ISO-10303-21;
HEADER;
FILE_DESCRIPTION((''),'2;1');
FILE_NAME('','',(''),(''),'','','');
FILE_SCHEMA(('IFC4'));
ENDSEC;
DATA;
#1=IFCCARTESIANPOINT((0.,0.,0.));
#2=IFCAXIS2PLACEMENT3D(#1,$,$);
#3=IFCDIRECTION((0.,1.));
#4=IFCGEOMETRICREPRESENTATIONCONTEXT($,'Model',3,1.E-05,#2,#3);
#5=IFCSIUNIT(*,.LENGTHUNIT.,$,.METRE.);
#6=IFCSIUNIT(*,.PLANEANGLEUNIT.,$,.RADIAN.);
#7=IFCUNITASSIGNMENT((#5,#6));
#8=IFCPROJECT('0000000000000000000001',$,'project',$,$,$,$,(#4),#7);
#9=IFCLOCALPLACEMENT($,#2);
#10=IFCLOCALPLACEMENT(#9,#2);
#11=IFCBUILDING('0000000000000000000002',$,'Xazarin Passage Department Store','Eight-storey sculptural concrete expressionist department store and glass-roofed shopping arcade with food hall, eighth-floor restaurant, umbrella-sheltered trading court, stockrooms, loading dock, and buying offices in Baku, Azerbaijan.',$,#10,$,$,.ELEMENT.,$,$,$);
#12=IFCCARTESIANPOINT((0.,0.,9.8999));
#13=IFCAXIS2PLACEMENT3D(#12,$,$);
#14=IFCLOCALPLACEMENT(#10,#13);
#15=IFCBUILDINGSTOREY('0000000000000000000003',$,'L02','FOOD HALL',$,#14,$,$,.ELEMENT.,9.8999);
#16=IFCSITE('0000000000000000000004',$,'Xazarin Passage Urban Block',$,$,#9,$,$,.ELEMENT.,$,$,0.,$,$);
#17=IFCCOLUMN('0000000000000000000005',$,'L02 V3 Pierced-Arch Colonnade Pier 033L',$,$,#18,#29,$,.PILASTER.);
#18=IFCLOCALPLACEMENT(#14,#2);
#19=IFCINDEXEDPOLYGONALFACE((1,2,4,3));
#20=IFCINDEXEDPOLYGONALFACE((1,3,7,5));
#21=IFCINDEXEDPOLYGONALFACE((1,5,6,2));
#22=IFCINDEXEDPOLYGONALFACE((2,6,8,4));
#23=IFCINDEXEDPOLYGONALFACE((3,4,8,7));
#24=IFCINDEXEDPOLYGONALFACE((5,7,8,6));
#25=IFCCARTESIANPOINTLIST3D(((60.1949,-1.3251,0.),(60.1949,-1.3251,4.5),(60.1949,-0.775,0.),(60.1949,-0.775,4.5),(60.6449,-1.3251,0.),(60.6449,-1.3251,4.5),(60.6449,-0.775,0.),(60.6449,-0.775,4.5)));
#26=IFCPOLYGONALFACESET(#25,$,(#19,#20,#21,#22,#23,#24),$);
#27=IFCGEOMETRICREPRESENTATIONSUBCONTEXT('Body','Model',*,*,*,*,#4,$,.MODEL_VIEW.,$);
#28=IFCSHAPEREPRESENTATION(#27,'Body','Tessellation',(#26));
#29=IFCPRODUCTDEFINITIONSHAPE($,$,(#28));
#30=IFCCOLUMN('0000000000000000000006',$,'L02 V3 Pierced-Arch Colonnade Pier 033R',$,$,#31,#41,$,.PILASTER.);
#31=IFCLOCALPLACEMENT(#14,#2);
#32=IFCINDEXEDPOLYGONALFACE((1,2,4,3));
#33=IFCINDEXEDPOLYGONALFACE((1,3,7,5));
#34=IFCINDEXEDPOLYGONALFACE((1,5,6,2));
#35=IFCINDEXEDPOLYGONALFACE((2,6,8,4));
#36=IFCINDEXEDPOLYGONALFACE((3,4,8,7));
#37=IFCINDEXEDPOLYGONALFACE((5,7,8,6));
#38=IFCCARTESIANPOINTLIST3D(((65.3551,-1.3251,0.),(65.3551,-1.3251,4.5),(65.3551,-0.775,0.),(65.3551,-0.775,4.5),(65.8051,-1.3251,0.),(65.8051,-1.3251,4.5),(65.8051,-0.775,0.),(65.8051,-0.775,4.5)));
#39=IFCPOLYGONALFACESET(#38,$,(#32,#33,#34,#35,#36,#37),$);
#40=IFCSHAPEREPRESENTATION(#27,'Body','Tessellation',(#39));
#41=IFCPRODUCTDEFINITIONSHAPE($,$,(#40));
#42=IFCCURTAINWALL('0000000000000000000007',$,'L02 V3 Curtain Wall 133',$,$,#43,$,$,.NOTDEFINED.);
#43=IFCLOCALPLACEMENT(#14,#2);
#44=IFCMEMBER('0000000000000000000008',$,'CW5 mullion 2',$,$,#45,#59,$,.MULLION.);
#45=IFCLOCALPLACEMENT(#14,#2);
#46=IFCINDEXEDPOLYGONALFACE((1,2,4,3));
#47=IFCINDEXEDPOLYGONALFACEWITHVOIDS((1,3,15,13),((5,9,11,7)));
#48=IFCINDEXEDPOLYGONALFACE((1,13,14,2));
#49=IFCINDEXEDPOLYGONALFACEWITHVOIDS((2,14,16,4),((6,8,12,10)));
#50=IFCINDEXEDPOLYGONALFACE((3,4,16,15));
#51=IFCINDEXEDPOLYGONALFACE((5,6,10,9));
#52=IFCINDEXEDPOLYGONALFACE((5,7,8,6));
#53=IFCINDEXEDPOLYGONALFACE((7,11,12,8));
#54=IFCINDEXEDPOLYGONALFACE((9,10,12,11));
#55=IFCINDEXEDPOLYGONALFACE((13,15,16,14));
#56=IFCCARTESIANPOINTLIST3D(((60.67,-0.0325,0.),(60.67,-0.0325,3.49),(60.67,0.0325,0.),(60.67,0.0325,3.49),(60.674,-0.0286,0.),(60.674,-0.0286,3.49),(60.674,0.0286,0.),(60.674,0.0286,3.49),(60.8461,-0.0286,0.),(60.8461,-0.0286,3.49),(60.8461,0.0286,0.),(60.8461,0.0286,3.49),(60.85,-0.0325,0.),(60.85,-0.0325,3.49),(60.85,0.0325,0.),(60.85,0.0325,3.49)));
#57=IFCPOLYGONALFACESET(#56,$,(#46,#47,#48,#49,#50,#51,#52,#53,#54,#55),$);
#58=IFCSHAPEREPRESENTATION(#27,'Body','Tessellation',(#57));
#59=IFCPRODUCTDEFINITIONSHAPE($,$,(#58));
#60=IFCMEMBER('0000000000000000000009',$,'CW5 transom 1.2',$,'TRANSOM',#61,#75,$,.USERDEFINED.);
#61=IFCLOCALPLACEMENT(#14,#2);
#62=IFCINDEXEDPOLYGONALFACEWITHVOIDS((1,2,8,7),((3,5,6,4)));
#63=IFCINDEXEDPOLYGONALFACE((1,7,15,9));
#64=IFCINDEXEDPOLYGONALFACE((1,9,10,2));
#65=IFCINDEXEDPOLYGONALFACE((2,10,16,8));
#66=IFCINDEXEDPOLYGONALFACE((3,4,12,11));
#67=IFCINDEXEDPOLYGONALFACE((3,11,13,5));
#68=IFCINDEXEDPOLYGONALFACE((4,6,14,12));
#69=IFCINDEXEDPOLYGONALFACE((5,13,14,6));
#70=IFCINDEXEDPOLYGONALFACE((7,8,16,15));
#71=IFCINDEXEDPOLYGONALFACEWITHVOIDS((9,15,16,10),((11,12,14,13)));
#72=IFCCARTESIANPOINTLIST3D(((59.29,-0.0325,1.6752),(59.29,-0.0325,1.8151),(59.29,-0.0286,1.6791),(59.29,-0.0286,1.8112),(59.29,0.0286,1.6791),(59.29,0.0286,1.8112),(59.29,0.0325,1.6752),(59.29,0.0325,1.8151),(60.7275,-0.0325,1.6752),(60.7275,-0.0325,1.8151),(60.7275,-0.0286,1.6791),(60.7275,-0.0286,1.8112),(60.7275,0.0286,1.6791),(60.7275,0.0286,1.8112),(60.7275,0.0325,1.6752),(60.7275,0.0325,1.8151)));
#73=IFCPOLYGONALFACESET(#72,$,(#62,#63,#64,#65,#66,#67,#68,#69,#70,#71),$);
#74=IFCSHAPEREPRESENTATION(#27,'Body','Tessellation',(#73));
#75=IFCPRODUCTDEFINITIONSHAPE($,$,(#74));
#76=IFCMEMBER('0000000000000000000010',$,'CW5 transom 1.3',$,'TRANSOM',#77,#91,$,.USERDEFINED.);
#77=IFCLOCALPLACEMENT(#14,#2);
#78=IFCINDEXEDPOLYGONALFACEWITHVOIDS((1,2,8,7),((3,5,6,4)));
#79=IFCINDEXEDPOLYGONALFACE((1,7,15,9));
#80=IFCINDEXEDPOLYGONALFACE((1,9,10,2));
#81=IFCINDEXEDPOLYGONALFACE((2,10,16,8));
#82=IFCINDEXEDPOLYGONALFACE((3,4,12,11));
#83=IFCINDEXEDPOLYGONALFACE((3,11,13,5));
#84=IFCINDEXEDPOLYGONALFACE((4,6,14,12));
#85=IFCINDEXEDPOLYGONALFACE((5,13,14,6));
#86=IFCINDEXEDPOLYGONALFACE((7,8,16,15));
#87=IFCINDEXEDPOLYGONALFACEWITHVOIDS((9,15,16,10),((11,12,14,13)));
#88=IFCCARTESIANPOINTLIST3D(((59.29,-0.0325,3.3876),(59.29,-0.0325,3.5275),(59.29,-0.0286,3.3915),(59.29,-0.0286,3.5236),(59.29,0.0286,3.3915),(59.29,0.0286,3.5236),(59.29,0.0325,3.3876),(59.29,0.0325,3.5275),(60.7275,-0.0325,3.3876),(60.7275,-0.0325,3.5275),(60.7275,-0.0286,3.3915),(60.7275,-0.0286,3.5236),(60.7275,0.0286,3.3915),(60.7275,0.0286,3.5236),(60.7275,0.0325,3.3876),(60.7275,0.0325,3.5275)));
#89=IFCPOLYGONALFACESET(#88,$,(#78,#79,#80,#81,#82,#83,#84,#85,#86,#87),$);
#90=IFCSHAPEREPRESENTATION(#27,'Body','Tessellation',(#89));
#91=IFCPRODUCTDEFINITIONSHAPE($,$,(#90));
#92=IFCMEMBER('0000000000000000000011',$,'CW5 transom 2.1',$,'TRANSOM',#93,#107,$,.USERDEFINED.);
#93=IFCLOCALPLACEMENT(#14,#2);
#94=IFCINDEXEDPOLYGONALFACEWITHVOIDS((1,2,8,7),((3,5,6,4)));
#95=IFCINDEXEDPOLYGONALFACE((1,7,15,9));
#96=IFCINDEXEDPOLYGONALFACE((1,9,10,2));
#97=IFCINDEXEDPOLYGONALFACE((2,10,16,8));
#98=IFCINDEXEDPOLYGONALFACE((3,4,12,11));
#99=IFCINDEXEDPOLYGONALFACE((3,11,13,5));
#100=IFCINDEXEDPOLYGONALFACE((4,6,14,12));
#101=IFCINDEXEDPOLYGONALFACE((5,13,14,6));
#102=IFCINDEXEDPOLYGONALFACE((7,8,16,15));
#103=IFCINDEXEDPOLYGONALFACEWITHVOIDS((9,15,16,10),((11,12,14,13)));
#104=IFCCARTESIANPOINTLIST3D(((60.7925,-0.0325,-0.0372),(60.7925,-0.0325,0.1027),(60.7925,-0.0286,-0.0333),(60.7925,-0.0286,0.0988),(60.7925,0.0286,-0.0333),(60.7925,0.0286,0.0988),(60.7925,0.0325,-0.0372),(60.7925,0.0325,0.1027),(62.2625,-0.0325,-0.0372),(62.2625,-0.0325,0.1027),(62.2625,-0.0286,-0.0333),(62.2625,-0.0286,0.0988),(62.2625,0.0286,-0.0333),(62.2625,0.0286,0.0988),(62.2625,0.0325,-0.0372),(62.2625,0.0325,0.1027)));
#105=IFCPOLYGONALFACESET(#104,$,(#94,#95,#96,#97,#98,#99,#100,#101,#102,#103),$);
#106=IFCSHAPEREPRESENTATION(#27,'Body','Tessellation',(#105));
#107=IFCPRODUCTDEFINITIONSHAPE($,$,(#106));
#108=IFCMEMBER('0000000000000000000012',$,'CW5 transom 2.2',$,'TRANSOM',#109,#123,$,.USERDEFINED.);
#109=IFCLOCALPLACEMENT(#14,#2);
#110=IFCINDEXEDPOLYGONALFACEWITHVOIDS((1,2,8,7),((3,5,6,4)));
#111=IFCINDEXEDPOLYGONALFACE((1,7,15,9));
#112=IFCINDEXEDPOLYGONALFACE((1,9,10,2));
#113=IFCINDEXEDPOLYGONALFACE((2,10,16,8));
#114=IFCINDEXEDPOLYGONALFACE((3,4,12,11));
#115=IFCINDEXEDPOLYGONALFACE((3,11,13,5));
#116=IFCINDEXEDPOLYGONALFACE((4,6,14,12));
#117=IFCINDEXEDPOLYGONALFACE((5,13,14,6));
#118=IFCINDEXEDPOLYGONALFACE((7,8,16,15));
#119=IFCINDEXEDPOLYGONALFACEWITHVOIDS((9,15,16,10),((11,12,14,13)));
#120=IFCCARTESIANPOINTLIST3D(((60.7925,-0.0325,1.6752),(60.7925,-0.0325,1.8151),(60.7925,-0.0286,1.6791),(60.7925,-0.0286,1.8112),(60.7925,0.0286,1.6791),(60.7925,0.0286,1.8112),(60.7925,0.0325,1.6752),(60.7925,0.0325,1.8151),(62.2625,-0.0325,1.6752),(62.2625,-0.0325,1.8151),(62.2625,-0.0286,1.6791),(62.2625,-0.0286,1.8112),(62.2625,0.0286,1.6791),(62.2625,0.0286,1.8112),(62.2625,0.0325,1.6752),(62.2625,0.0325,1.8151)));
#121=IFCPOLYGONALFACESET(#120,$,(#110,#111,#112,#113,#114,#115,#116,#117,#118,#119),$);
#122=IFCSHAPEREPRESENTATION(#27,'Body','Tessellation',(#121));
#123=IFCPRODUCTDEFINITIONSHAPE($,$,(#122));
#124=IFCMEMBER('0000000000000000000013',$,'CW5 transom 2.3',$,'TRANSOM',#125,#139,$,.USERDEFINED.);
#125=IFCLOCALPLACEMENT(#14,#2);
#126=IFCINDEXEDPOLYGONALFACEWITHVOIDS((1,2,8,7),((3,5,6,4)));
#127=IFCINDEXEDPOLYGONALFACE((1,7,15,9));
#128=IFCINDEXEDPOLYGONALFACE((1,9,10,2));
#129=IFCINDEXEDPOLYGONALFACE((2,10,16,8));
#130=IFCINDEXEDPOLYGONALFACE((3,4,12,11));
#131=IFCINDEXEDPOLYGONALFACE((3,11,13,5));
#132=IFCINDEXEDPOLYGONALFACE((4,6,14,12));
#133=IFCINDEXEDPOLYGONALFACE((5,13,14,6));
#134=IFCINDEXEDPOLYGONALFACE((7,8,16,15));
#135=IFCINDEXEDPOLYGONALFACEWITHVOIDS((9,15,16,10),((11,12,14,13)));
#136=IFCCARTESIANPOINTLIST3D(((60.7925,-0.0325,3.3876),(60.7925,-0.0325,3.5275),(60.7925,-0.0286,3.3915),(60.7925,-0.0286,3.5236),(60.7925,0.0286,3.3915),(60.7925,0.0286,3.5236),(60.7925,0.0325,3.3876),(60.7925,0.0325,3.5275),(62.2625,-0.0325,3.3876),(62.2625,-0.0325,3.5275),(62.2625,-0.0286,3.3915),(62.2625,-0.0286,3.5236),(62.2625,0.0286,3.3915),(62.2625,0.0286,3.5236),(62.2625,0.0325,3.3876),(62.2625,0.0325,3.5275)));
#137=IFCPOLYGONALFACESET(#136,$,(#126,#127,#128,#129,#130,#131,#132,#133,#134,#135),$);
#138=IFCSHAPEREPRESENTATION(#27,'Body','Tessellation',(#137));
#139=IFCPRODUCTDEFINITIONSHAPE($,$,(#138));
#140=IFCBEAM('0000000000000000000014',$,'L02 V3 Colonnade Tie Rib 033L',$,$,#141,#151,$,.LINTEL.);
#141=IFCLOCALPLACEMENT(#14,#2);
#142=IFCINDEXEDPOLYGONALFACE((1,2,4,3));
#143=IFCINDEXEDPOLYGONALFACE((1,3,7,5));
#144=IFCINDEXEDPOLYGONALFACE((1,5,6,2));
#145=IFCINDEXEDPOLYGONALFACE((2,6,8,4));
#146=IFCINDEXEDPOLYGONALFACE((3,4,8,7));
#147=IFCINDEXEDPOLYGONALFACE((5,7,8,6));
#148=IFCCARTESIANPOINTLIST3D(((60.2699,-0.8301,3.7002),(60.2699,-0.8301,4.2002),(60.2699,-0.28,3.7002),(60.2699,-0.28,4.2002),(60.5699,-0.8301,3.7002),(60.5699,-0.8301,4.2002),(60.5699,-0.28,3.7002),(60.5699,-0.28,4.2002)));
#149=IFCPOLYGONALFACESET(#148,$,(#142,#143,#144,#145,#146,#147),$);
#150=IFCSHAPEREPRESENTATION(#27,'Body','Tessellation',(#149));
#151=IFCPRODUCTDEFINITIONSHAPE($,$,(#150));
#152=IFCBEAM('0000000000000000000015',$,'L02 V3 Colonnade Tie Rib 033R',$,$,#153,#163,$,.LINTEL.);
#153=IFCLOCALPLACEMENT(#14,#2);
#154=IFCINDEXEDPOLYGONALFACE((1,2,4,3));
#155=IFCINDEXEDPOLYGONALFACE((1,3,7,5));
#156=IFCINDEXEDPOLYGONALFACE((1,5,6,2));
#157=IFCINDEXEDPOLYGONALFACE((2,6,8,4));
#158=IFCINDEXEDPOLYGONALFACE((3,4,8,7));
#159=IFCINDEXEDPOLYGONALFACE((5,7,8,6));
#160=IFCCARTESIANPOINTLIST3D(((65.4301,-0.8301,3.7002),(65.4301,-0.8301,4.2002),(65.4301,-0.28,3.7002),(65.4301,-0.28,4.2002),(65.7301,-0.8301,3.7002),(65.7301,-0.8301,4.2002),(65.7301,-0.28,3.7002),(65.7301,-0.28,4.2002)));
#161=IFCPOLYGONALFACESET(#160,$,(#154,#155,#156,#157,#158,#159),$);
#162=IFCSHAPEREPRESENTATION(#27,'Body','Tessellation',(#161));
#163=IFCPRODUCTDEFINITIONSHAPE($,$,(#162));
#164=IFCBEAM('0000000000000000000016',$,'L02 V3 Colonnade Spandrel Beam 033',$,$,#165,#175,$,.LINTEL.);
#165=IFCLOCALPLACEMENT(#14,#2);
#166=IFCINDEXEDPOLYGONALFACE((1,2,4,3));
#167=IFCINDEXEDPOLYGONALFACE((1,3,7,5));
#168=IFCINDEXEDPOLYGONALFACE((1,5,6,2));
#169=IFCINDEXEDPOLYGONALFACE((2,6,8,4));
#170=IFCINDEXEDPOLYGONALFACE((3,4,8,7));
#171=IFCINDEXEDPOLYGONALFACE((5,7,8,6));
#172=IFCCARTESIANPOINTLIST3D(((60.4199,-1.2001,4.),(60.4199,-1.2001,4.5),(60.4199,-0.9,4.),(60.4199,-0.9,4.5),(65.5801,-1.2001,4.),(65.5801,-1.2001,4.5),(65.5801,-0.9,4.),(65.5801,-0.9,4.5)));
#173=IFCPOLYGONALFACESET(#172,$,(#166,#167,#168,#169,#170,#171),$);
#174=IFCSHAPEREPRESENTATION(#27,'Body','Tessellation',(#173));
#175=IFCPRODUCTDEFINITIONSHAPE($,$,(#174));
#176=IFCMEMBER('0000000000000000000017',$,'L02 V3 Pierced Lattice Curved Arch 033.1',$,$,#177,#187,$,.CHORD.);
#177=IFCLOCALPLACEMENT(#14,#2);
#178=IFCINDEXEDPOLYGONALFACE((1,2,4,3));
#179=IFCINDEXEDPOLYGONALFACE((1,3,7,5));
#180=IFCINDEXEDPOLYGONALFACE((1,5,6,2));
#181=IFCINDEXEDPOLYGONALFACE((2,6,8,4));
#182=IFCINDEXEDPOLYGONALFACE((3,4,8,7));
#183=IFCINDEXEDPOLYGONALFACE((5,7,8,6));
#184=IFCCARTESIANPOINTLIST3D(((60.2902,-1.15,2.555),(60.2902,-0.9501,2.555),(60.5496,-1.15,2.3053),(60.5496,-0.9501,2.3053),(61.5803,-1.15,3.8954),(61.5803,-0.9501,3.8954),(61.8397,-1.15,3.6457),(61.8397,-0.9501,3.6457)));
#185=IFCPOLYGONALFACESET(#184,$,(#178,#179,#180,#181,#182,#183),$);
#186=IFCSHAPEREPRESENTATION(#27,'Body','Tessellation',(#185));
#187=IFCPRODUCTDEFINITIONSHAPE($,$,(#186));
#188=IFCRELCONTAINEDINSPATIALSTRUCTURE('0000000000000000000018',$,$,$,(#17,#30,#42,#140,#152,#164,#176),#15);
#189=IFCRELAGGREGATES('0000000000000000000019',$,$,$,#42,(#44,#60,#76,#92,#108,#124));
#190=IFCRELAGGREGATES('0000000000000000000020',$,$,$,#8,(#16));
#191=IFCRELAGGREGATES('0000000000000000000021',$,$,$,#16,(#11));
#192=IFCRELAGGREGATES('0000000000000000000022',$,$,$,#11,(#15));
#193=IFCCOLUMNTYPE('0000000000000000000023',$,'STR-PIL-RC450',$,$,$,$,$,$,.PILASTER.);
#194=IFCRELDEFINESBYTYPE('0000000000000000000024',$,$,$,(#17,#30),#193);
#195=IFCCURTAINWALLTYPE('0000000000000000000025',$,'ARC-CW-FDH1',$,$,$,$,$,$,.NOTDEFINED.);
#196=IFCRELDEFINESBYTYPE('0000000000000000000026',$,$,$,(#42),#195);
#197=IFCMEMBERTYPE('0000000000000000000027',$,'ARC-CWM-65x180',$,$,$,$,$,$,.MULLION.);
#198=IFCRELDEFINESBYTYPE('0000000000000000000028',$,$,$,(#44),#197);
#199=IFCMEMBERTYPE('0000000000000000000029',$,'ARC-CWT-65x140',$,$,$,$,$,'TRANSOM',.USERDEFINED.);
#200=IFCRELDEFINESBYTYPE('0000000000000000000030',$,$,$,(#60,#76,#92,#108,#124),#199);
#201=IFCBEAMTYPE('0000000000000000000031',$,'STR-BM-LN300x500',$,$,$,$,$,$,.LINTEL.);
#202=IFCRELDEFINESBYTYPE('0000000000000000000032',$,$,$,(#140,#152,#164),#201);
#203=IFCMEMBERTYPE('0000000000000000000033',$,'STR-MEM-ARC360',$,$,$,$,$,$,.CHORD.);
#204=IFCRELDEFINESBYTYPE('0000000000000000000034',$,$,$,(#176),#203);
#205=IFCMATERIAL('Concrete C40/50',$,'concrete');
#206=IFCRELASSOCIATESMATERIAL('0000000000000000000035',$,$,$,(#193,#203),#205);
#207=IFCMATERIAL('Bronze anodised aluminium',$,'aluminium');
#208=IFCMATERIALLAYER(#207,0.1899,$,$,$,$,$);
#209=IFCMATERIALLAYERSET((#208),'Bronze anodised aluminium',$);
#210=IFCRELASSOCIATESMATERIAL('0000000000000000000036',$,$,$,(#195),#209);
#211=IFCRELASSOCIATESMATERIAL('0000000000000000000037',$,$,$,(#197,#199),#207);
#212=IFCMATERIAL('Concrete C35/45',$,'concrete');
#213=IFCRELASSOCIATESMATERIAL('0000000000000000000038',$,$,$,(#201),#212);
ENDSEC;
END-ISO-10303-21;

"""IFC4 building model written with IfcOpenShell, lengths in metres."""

from ifc_helpers import new_model, si_unit, direction, frame, origin, origin_2d, place, context, subcontext, project, spatial, rectangle, hollow_rectangle, extrude, material, layer, layer_set, material_profile, profile_set, type_object, element, aggregate, save


model = new_model("IFC4")

# Units and contexts
model_context = context("Model", 3, precision=1e-05, world=origin(), true_north=direction((0.0, 1.0)))
body_context = subcontext(model_context, "Body", "Model", "MODEL_VIEW")
ifc_project = project(units=[si_unit("LENGTHUNIT", "METRE"), si_unit("PLANEANGLEUNIT", "RADIAN")], contexts=[model_context])

# Site, building, storey
site_placement = place(None, origin())
site = spatial("IfcSite", under=ifc_project, at=site_placement, Name="Xazarin Passage Urban Block", CompositionType="ELEMENT", RefElevation=0.0)
building_placement = place(site_placement, origin())
building = spatial("IfcBuilding", under=site, at=building_placement, Name="Xazarin Passage Department Store", Description="Eight-storey sculptural concrete expressionist department store and glass-roofed shopping arcade with food hall, eighth-floor restaurant, umbrella-sheltered trading court, stockrooms, loading dock, and buying offices in Baku, Azerbaijan.", CompositionType="ELEMENT")
storey_placement = place(building_placement, frame((0.0, 0.0, 9.8999)))
storey = spatial("IfcBuildingStorey", under=building, at=storey_placement, Name="L02", Description="FOOD HALL", CompositionType="ELEMENT", Elevation=9.8999)

# Columns
ifc_material_1 = material(Name="Concrete C40/50", Category="concrete")
ifc_material_profile_1 = material_profile(ifc_material_1, rectangle(XDim=0.45, YDim=0.55, at=origin_2d()), Name="RC 450x550")
ifc_profile_set_1 = profile_set([ifc_material_profile_1], Name="Concrete C40/50")
column_type = type_object("IfcColumnType", Name="STR-PIL-RC450", PredefinedType="PILASTER", material=ifc_profile_set_1)
for number, where, z_axis, x_axis, name in (
    (1, (60.4199, -1.05, 0.0), (0.0, 0.0, 1.0), (1.0, 0.0, 0.0), "L02 V3 Pierced-Arch Colonnade Pier 033L"),
    (2, (65.5801, -1.05, 0.0), (0.0, 0.0, 1.0), (1.0, 0.0, 0.0), "L02 V3 Pierced-Arch Colonnade Pier 033R"),
):
    element("IfcColumn", number, at=place(storey_placement, frame(where, z_axis=z_axis, x_axis=x_axis)), inside=storey, type_object=column_type, Name=name, PredefinedType="PILASTER", context=body_context, shape_type="SweptSolid", body=[
        extrude(rectangle(XDim=0.45, YDim=0.55, at=origin_2d()), origin(), (0.0, 0.0, 1.0), 4.5),
    ])

# Curtain wall, members
ifc_material_2 = material(Name="Bronze anodised aluminium", Category="aluminium")
ifc_layer_1 = layer(ifc_material_2, 0.1899)
ifc_layer_set_1 = layer_set([ifc_layer_1], Name="Bronze anodised aluminium")
curtain_wall_type = type_object("IfcCurtainWallType", Name="ARC-CW-FDH1", PredefinedType="NOTDEFINED", material=ifc_layer_set_1)
curtain_wall_placement = place(storey_placement, origin())
curtain_wall = element("IfcCurtainWall", 3, at=curtain_wall_placement, inside=storey, type_object=curtain_wall_type, Name="L02 V3 Curtain Wall 133", PredefinedType="NOTDEFINED")
ifc_material_profile_2 = material_profile(ifc_material_2, hollow_rectangle(XDim=0.0649, YDim=0.1799, WallThickness=0.0039, at=origin_2d()), Name="ALU 65x180")
ifc_profile_set_2 = profile_set([ifc_material_profile_2], Name="Bronze anodised aluminium")
member_type_1 = type_object("IfcMemberType", Name="ARC-CWM-65x180", PredefinedType="MULLION", material=ifc_profile_set_2)
member_1_placement = place(storey_placement, frame((60.76, 0.0, 0.0), z_axis=(0.0, 0.0, 1.0), x_axis=(0.0, 1.0, 0.0)))
member_1 = element("IfcMember", 4, at=member_1_placement, type_object=member_type_1, Name="CW5 mullion 2", PredefinedType="MULLION", context=body_context, shape_type="SweptSolid", body=[
    extrude(hollow_rectangle(XDim=0.0649, YDim=0.1799, WallThickness=0.0039, at=origin_2d()), origin(), (0.0, 0.0, 1.0), 3.49),
])
ifc_material_profile_3 = material_profile(ifc_material_2, hollow_rectangle(XDim=0.0649, YDim=0.1399, WallThickness=0.0039, at=origin_2d()), Name="ALU 65x140")
ifc_profile_set_3 = profile_set([ifc_material_profile_3], Name="Bronze anodised aluminium")
member_type_2 = type_object("IfcMemberType", Name="ARC-CWT-65x140", ElementType="TRANSOM", PredefinedType="USERDEFINED", material=ifc_profile_set_3)
member_2_placement = place(storey_placement, frame((59.29, 0.0, 1.7451), z_axis=(1.0, 0.0, 0.0), x_axis=(0.0, 1.0, 0.0)))
member_2 = element("IfcMember", 5, at=member_2_placement, type_object=member_type_2, Name="CW5 transom 1.2", ObjectType="TRANSOM", PredefinedType="USERDEFINED", context=body_context, shape_type="SweptSolid", body=[
    extrude(hollow_rectangle(XDim=0.0649, YDim=0.1399, WallThickness=0.0039, at=origin_2d()), origin(), (0.0, 0.0, 1.0), 1.4375),
])
member_3_placement = place(storey_placement, frame((59.29, 0.0, 3.4575), z_axis=(1.0, 0.0, 0.0), x_axis=(0.0, 1.0, 0.0)))
member_3 = element("IfcMember", 6, at=member_3_placement, type_object=member_type_2, Name="CW5 transom 1.3", ObjectType="TRANSOM", PredefinedType="USERDEFINED", context=body_context, shape_type="SweptSolid", body=[
    extrude(hollow_rectangle(XDim=0.0649, YDim=0.1399, WallThickness=0.0039, at=origin_2d()), origin(), (0.0, 0.0, 1.0), 1.4375),
])
member_4_placement = place(storey_placement, frame((60.7925, 0.0, 0.0327), z_axis=(1.0, 0.0, 0.0), x_axis=(0.0, 1.0, 0.0)))
member_4 = element("IfcMember", 7, at=member_4_placement, type_object=member_type_2, Name="CW5 transom 2.1", ObjectType="TRANSOM", PredefinedType="USERDEFINED", context=body_context, shape_type="SweptSolid", body=[
    extrude(hollow_rectangle(XDim=0.0649, YDim=0.1399, WallThickness=0.0039, at=origin_2d()), origin(), (0.0, 0.0, 1.0), 1.47),
])
member_5_placement = place(storey_placement, frame((60.7925, 0.0, 1.7451), z_axis=(1.0, 0.0, 0.0), x_axis=(0.0, 1.0, 0.0)))
member_5 = element("IfcMember", 8, at=member_5_placement, type_object=member_type_2, Name="CW5 transom 2.2", ObjectType="TRANSOM", PredefinedType="USERDEFINED", context=body_context, shape_type="SweptSolid", body=[
    extrude(hollow_rectangle(XDim=0.0649, YDim=0.1399, WallThickness=0.0039, at=origin_2d()), origin(), (0.0, 0.0, 1.0), 1.47),
])
member_6_placement = place(storey_placement, frame((60.7925, 0.0, 3.4575), z_axis=(1.0, 0.0, 0.0), x_axis=(0.0, 1.0, 0.0)))
member_6 = element("IfcMember", 9, at=member_6_placement, type_object=member_type_2, Name="CW5 transom 2.3", ObjectType="TRANSOM", PredefinedType="USERDEFINED", context=body_context, shape_type="SweptSolid", body=[
    extrude(hollow_rectangle(XDim=0.0649, YDim=0.1399, WallThickness=0.0039, at=origin_2d()), origin(), (0.0, 0.0, 1.0), 1.47),
])

# Beams
ifc_material_3 = material(Name="Concrete C35/45", Category="concrete")
ifc_material_profile_4 = material_profile(ifc_material_3, rectangle(XDim=0.3, YDim=0.5, at=origin_2d()), Name="RC 300x500")
ifc_profile_set_4 = profile_set([ifc_material_profile_4], Name="Concrete C35/45")
beam_type = type_object("IfcBeamType", Name="STR-BM-LN300x500", PredefinedType="LINTEL", material=ifc_profile_set_4)
for number, where, z_axis, x_axis, name in (
    (10, (60.4199, -0.28, 3.9502), (0.0, -1.0, 0.0), (1.0, 0.0, 0.0), "L02 V3 Colonnade Tie Rib 033L"),
    (11, (65.5801, -0.28, 3.9502), (0.0, -1.0, 0.0), (1.0, 0.0, 0.0), "L02 V3 Colonnade Tie Rib 033R"),
):
    element("IfcBeam", number, at=place(storey_placement, frame(where, z_axis=z_axis, x_axis=x_axis)), inside=storey, type_object=beam_type, Name=name, PredefinedType="LINTEL", context=body_context, shape_type="SweptSolid", body=[
        extrude(rectangle(XDim=0.3, YDim=0.5, at=origin_2d()), origin(), (0.0, 0.0, 1.0), 0.55),
    ])
beam_placement = place(storey_placement, frame((60.4199, -1.05, 4.25), z_axis=(1.0, 0.0, 0.0), x_axis=(0.0, 1.0, 0.0)))
element("IfcBeam", 12, at=beam_placement, inside=storey, type_object=beam_type, Name="L02 V3 Colonnade Spandrel Beam 033", PredefinedType="LINTEL", context=body_context, shape_type="SweptSolid", body=[
    extrude(rectangle(XDim=0.3, YDim=0.5, at=origin_2d()), origin(), (0.0, 0.0, 1.0), 5.1602),
])

# Member
ifc_material_profile_5 = material_profile(ifc_material_1, rectangle(XDim=0.2, YDim=0.3601, at=origin_2d()), Name="RC 200x360")
ifc_profile_set_5 = profile_set([ifc_material_profile_5], Name="Concrete C40/50")
member_type_3 = type_object("IfcMemberType", Name="STR-MEM-ARC360", PredefinedType="CHORD", material=ifc_profile_set_5)
member_7_placement = place(storey_placement, frame((60.4199, -1.05, 2.4302), z_axis=(0.69346, 0.0, 0.720495), x_axis=(0.0, 1.0, 0.0)))
element("IfcMember", 13, at=member_7_placement, inside=storey, type_object=member_type_3, Name="L02 V3 Pierced Lattice Curved Arch 033.1", PredefinedType="CHORD", context=body_context, shape_type="SweptSolid", body=[
    extrude(rectangle(XDim=0.2, YDim=0.3601, at=origin_2d()), origin(), (0.0, 0.0, 1.0), 1.8604),
])

aggregate(curtain_wall, [member_1, member_2, member_3, member_4, member_5, member_6])

save(model, "model.ifc")
